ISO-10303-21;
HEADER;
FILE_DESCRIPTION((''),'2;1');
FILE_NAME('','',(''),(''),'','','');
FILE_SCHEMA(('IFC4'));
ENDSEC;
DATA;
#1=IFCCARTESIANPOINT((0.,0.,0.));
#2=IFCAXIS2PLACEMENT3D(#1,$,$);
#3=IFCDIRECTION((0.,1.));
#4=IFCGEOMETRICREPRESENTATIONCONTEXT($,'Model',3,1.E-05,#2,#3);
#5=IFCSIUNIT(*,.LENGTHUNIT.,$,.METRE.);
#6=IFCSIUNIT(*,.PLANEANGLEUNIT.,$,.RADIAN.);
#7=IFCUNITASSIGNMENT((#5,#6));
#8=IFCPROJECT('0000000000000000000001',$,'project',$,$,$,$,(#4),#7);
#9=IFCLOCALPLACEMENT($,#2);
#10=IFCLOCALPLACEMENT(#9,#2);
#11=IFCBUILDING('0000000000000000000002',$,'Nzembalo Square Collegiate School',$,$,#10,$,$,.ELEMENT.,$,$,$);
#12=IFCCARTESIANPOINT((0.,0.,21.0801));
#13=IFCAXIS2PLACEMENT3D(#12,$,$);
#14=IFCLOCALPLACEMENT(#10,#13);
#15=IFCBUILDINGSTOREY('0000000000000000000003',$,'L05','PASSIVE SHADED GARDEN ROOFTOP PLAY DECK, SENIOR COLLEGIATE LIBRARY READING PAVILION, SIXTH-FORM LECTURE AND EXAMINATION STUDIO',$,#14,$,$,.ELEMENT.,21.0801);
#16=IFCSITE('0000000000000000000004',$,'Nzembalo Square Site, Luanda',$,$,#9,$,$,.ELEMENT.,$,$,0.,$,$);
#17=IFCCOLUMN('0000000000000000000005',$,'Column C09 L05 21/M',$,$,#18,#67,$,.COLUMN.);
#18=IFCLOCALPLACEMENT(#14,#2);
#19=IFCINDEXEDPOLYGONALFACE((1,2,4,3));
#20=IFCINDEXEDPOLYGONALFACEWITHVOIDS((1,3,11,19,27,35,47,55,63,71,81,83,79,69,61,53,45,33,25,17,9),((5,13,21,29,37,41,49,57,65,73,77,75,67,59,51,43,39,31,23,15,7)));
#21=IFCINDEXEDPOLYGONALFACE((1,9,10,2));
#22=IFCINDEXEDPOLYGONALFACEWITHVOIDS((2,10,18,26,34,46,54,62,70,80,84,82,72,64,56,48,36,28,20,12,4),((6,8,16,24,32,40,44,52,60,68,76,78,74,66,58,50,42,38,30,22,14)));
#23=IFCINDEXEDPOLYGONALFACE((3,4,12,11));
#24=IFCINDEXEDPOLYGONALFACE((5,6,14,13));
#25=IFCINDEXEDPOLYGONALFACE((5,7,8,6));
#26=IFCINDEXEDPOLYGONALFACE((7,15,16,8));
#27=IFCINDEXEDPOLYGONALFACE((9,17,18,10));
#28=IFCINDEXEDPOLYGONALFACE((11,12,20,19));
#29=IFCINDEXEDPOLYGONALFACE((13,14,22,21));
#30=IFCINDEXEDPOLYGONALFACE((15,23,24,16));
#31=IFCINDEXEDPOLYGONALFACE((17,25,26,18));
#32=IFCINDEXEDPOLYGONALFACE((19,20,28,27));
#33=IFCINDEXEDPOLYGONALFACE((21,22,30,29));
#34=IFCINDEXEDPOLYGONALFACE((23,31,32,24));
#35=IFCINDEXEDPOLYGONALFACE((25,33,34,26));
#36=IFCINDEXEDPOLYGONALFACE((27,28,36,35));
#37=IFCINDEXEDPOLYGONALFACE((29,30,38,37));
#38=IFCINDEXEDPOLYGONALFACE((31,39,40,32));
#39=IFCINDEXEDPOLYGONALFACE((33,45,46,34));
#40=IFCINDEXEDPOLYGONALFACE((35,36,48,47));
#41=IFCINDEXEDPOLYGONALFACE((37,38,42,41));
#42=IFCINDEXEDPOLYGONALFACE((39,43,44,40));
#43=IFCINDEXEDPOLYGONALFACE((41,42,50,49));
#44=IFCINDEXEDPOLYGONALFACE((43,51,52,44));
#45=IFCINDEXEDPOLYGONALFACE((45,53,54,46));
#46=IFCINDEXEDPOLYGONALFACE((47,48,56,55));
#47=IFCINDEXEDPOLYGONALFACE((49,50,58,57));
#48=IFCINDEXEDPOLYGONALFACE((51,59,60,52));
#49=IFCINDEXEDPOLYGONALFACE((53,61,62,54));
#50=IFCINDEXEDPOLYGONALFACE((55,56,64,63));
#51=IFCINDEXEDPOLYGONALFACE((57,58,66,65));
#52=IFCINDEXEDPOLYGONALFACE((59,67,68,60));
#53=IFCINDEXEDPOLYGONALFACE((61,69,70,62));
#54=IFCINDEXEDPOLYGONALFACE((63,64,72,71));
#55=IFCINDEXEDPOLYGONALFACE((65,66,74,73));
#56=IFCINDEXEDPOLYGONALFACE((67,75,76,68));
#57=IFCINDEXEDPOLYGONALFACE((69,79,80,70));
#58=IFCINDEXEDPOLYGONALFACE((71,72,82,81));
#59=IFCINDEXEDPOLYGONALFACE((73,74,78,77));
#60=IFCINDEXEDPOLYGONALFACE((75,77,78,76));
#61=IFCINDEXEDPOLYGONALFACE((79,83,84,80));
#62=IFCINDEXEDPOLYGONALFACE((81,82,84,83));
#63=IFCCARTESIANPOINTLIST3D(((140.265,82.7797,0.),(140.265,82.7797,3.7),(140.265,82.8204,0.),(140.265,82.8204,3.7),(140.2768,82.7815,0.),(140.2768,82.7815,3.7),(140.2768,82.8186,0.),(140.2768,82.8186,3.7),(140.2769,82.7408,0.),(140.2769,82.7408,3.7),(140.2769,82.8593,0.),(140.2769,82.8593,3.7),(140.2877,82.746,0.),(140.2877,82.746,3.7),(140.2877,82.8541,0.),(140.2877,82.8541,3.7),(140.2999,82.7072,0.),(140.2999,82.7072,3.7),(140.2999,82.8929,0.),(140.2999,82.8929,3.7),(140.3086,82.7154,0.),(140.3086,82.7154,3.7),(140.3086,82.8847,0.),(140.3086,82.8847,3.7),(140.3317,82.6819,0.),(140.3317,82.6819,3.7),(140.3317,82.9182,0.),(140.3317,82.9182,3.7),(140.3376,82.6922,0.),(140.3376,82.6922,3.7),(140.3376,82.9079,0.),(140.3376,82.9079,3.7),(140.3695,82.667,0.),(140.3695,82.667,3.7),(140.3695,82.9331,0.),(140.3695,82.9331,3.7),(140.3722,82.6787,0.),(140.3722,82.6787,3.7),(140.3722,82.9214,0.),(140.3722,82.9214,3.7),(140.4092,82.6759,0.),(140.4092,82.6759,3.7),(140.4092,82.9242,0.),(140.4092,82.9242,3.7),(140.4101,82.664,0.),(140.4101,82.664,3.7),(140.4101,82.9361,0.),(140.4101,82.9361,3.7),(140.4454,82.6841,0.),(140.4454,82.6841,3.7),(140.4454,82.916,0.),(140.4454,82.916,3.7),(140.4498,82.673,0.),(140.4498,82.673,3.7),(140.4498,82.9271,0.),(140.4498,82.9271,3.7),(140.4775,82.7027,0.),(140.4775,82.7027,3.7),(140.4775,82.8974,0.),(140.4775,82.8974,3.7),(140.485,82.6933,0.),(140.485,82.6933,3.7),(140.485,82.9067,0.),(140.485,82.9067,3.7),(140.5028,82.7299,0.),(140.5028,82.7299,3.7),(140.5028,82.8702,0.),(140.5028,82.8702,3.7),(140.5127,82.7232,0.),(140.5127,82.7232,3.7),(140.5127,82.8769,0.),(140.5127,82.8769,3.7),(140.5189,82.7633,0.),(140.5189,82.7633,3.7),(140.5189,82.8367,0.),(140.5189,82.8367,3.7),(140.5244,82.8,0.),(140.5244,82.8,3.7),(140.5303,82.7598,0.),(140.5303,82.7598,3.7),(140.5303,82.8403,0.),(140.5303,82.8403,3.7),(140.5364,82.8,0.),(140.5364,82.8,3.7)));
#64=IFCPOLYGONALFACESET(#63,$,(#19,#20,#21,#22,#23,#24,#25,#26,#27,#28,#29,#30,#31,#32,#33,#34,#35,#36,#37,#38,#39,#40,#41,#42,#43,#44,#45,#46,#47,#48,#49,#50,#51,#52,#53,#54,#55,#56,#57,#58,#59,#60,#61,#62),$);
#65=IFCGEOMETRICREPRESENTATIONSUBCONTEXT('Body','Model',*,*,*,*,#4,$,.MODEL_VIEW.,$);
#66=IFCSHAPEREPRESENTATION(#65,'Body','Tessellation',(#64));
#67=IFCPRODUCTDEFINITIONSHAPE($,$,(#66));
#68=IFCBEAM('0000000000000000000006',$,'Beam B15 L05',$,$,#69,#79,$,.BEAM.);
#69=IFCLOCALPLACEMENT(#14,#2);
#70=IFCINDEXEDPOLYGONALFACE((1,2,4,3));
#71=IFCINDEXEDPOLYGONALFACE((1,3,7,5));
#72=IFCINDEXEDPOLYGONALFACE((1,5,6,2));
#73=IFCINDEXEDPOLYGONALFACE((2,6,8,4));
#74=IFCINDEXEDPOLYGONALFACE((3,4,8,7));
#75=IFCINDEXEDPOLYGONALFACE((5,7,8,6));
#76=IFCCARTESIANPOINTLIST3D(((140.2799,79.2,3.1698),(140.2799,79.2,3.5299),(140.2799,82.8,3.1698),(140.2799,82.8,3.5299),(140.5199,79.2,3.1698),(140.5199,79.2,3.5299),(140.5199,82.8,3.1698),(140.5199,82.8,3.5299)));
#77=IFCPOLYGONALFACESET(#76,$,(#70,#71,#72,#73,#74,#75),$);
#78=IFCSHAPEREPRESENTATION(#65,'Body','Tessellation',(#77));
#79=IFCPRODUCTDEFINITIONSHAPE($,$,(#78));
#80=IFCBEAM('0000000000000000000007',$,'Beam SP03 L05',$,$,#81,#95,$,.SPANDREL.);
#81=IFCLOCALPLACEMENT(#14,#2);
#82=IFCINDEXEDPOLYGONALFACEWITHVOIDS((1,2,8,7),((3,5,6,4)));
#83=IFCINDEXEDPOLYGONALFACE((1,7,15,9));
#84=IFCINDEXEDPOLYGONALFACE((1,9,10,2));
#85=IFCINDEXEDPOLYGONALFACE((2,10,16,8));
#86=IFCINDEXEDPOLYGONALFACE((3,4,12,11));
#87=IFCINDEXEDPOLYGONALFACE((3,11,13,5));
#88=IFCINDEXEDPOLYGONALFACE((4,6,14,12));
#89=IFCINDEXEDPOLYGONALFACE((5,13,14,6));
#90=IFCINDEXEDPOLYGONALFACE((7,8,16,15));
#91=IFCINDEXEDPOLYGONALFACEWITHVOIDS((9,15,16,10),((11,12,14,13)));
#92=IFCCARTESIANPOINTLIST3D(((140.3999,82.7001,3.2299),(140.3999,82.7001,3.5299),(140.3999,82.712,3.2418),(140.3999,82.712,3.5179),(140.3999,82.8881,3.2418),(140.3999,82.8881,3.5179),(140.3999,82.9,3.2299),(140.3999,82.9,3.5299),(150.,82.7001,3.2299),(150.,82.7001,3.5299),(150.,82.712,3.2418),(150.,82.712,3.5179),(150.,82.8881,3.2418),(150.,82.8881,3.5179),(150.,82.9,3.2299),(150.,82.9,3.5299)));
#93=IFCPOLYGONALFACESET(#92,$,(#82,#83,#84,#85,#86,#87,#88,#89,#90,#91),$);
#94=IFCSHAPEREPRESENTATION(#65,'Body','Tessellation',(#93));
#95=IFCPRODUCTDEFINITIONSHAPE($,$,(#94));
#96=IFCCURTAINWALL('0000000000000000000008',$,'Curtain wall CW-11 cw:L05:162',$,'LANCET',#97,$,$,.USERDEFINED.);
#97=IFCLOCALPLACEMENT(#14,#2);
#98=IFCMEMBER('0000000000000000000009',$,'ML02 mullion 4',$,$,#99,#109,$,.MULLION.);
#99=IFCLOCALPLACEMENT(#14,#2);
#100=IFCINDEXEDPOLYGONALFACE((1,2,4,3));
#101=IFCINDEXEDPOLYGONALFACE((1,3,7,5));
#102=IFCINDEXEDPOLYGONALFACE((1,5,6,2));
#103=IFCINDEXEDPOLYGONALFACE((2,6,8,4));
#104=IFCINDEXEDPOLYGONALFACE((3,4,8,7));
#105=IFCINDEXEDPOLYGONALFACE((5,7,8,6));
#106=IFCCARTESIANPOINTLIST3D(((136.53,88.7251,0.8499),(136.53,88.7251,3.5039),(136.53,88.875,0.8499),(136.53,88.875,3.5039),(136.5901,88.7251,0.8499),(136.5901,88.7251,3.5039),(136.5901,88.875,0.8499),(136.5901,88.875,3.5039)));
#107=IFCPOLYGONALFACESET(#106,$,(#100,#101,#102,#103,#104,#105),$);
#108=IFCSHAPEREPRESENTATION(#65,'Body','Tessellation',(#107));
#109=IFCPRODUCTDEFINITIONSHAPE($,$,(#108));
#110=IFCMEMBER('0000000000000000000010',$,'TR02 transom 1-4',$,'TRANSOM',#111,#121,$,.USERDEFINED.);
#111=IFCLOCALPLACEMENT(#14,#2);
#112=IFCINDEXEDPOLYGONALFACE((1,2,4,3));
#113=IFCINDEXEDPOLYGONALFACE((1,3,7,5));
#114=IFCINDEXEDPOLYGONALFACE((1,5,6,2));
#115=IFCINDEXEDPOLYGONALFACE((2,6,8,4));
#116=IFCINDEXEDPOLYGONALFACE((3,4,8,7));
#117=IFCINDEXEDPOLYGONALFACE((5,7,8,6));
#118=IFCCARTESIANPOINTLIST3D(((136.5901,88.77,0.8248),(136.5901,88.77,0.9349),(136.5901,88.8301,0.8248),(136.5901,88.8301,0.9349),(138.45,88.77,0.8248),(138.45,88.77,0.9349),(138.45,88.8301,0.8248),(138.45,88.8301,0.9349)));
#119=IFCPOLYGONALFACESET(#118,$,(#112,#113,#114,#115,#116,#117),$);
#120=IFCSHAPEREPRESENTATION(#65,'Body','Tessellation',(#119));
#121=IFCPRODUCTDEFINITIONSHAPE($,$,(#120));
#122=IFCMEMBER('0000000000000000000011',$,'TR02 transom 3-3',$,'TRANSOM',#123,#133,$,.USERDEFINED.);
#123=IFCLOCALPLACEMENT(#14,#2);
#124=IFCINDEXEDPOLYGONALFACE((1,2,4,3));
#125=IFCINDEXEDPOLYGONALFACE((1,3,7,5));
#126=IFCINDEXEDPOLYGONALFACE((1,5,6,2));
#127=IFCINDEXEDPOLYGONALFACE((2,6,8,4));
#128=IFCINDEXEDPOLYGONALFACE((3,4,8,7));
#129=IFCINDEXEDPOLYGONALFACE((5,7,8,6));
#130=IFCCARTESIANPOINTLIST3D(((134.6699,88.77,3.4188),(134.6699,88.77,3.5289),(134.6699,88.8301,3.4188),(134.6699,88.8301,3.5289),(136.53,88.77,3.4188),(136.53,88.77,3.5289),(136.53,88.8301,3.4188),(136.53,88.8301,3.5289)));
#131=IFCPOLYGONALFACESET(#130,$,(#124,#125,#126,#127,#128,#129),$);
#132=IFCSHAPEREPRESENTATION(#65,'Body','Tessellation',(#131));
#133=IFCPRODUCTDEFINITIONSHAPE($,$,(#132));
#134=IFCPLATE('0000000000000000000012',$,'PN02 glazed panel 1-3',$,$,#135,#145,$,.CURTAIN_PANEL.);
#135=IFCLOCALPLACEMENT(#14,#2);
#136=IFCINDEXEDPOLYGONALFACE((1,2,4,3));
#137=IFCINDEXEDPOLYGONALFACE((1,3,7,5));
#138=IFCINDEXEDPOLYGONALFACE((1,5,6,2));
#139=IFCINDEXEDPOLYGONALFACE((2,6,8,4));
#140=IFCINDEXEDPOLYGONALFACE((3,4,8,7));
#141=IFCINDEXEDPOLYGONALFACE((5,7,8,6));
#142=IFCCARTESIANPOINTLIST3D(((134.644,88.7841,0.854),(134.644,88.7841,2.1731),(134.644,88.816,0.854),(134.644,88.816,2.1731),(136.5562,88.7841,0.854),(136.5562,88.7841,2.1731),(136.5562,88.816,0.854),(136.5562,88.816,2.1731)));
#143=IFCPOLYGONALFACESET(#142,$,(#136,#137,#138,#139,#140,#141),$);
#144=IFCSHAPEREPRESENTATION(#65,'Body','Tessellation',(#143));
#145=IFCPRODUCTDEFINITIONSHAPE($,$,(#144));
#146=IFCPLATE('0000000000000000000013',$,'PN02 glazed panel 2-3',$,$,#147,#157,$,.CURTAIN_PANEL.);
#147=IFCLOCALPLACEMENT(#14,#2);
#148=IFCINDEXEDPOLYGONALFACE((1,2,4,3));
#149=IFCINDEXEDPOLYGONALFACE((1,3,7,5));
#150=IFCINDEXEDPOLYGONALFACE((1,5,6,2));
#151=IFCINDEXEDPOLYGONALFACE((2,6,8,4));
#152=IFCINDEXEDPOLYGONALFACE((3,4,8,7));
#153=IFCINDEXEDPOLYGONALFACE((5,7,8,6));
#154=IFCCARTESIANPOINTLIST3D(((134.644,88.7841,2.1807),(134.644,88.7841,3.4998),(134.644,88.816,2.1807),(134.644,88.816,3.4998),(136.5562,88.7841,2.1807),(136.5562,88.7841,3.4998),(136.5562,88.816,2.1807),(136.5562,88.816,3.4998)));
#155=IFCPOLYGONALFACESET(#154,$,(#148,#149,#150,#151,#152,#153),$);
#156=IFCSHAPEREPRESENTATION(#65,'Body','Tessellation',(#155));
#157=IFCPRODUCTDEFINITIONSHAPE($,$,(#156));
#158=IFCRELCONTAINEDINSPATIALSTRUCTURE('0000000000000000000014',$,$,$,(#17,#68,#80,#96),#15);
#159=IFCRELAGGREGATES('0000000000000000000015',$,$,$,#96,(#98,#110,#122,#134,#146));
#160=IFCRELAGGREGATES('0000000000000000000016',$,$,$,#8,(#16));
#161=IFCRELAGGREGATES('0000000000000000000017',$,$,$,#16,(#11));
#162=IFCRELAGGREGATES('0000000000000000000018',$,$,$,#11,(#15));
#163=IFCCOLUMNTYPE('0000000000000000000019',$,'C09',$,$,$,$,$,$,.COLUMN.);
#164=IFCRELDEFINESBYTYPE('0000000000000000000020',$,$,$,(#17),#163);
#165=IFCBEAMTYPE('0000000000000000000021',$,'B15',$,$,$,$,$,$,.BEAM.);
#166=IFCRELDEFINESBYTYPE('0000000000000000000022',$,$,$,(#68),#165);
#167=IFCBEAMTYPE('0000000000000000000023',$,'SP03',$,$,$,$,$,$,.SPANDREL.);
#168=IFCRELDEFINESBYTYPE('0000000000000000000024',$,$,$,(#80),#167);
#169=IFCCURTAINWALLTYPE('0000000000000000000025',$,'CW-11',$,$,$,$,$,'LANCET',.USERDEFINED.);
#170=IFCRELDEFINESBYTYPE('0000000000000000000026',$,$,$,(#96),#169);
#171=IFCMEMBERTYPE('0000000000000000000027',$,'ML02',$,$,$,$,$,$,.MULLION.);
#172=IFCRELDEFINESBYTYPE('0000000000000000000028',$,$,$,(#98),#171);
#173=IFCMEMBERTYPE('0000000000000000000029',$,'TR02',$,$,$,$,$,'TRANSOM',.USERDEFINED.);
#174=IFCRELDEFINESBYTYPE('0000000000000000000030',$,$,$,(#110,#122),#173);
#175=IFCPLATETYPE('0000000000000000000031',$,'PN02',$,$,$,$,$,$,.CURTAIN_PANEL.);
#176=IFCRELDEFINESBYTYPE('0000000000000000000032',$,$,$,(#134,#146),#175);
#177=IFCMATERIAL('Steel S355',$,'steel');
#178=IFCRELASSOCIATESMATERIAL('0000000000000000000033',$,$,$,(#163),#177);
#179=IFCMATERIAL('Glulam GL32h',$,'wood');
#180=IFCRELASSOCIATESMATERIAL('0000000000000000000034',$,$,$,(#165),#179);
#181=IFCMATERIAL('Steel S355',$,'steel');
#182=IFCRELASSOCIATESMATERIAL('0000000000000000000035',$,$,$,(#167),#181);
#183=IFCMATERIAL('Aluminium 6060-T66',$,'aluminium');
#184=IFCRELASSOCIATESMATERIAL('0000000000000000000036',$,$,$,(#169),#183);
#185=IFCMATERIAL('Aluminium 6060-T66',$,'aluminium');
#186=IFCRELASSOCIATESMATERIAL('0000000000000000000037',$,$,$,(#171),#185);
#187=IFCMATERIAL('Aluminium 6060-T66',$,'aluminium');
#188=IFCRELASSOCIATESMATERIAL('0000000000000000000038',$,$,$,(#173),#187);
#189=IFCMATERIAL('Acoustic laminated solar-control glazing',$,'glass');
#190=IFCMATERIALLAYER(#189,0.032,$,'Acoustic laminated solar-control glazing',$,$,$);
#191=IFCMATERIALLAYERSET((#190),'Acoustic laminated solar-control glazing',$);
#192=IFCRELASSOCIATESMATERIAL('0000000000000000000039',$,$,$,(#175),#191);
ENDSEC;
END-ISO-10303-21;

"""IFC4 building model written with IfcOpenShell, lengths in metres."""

from ifc_helpers import new_model, si_unit, direction, frame, origin, origin_2d, place, context, subcontext, project, spatial, rectangle, hollow_rectangle, hollow_circle, extrude, material, layer, layer_set, material_profile, profile_set, type_object, element, aggregate, save


model = new_model("IFC4")

# Units and contexts
model_context = context("Model", 3, precision=1e-05, world=origin(), true_north=direction((0.0, 1.0)))
body_context = subcontext(model_context, "Body", "Model", "MODEL_VIEW")
ifc_project = project(units=[si_unit("LENGTHUNIT", "METRE"), si_unit("PLANEANGLEUNIT", "RADIAN")], contexts=[model_context])

# Site, building, storey
site_placement = place(None, origin())
site = spatial("IfcSite", under=ifc_project, at=site_placement, Name="Nzembalo Square Site, Luanda", CompositionType="ELEMENT", RefElevation=0.0)
building_placement = place(site_placement, origin())
building = spatial("IfcBuilding", under=site, at=building_placement, Name="Nzembalo Square Collegiate School", CompositionType="ELEMENT")
storey_placement = place(building_placement, frame((0.0, 0.0, 21.0801)))
storey = spatial("IfcBuildingStorey", under=building, at=storey_placement, Name="L05", Description="PASSIVE SHADED GARDEN ROOFTOP PLAY DECK, SENIOR COLLEGIATE LIBRARY READING PAVILION, SIXTH-FORM LECTURE AND EXAMINATION STUDIO", CompositionType="ELEMENT", Elevation=21.0801)

# Column
ifc_material_1 = material(Name="Steel S355", Category="steel")
ifc_material_profile_1 = material_profile(ifc_material_1, hollow_circle(Radius=0.1365, WallThickness=0.012, at=origin_2d()), Name="CHS 273x12")
ifc_profile_set_1 = profile_set([ifc_material_profile_1], Name="Steel S355")
column_type = type_object("IfcColumnType", Name="C09", PredefinedType="COLUMN", material=ifc_profile_set_1)
column_placement = place(storey_placement, frame((140.3999, 82.8, 0.0), z_axis=(0.0, 0.0, 1.0), x_axis=(1.0, 0.0, 0.0)))
element("IfcColumn", 1, at=column_placement, inside=storey, type_object=column_type, Name="Column C09 L05 21/M", PredefinedType="COLUMN", context=body_context, shape_type="SweptSolid", body=[
    extrude(hollow_circle(Radius=0.1365, WallThickness=0.012, at=origin_2d()), origin(), (0.0, 0.0, 1.0), 3.7),
])

# Beams
ifc_material_2 = material(Name="Glulam GL32h", Category="wood")
ifc_material_profile_2 = material_profile(ifc_material_2, rectangle(XDim=0.24, YDim=0.3601, at=origin_2d()), Name="GL32h 240x360")
ifc_profile_set_2 = profile_set([ifc_material_profile_2], Name="Glulam GL32h")
beam_type_1 = type_object("IfcBeamType", Name="B15", PredefinedType="BEAM", material=ifc_profile_set_2)
beam_1_placement = place(storey_placement, frame((140.3999, 79.2, 3.3499), z_axis=(0.0, 1.0, 0.0), x_axis=(-1.0, 0.0, 0.0)))
element("IfcBeam", 2, at=beam_1_placement, inside=storey, type_object=beam_type_1, Name="Beam B15 L05", PredefinedType="BEAM", context=body_context, shape_type="SweptSolid", body=[
    extrude(rectangle(XDim=0.24, YDim=0.3601, at=origin_2d()), origin(), (0.0, 0.0, 1.0), 3.6001),
])
ifc_material_3 = material(Name="Steel S355", Category="steel")
ifc_material_profile_3 = material_profile(ifc_material_3, hollow_rectangle(XDim=0.2, YDim=0.3, WallThickness=0.012, at=origin_2d()), Name="RHS 300x200x12")
ifc_profile_set_3 = profile_set([ifc_material_profile_3], Name="Steel S355")
beam_type_2 = type_object("IfcBeamType", Name="SP03", PredefinedType="SPANDREL", material=ifc_profile_set_3)
beam_2_placement = place(storey_placement, frame((140.3999, 82.8, 3.3799), z_axis=(1.0, 0.0, 0.0), x_axis=(0.0, 1.0, 0.0)))
element("IfcBeam", 3, at=beam_2_placement, inside=storey, type_object=beam_type_2, Name="Beam SP03 L05", PredefinedType="SPANDREL", context=body_context, shape_type="SweptSolid", body=[
    extrude(hollow_rectangle(XDim=0.2, YDim=0.3, WallThickness=0.012, at=origin_2d()), origin(), (0.0, 0.0, 1.0), 9.6001),
])

# Curtain wall, members, plates
ifc_material_4 = material(Name="Aluminium 6060-T66", Category="aluminium")
curtain_wall_type = type_object("IfcCurtainWallType", Name="CW-11", ElementType="LANCET", PredefinedType="USERDEFINED", material=ifc_material_4)
curtain_wall_placement = place(storey_placement, origin())
curtain_wall = element("IfcCurtainWall", 4, at=curtain_wall_placement, inside=storey, type_object=curtain_wall_type, Name="Curtain wall CW-11 cw:L05:162", ObjectType="LANCET", PredefinedType="USERDEFINED")
ifc_material_5 = material(Name="Aluminium 6060-T66", Category="aluminium")
ifc_material_profile_4 = material_profile(ifc_material_5, rectangle(XDim=0.0601, YDim=0.1499, at=origin_2d()), Name="ALU M60x150")
ifc_profile_set_4 = profile_set([ifc_material_profile_4], Name="Aluminium 6060-T66")
member_type_1 = type_object("IfcMemberType", Name="ML02", PredefinedType="MULLION", material=ifc_profile_set_4)
member_1_placement = place(storey_placement, frame((136.5601, 88.8, 0.8499), z_axis=(0.0, 0.0, 1.0), x_axis=(1.0, 0.0, 0.0)))
member_1 = element("IfcMember", 5, at=member_1_placement, type_object=member_type_1, Name="ML02 mullion 4", PredefinedType="MULLION", context=body_context, shape_type="SweptSolid", body=[
    extrude(rectangle(XDim=0.0601, YDim=0.1499, at=origin_2d()), origin(), (0.0, 0.0, 1.0), 2.6541),
])
ifc_material_6 = material(Name="Aluminium 6060-T66", Category="aluminium")
ifc_material_profile_5 = material_profile(ifc_material_6, rectangle(XDim=0.0601, YDim=0.1101, at=origin_2d()), Name="ALU T60x110")
ifc_profile_set_5 = profile_set([ifc_material_profile_5], Name="Aluminium 6060-T66")
member_type_2 = type_object("IfcMemberType", Name="TR02", ElementType="TRANSOM", PredefinedType="USERDEFINED", material=ifc_profile_set_5)
member_2_placement = place(storey_placement, frame((136.5901, 88.8, 0.8799), z_axis=(1.0, 0.0, 0.0), x_axis=(0.0, 1.0, 0.0)))
member_2 = element("IfcMember", 6, at=member_2_placement, type_object=member_type_2, Name="TR02 transom 1-4", ObjectType="TRANSOM", PredefinedType="USERDEFINED", context=body_context, shape_type="SweptSolid", body=[
    extrude(rectangle(XDim=0.0601, YDim=0.1101, at=origin_2d()), origin(), (0.0, 0.0, 1.0), 1.8599),
])
member_3_placement = place(storey_placement, frame((134.6699, 88.8, 3.4739), z_axis=(1.0, 0.0, 0.0), x_axis=(0.0, 1.0, 0.0)))
member_3 = element("IfcMember", 7, at=member_3_placement, type_object=member_type_2, Name="TR02 transom 3-3", ObjectType="TRANSOM", PredefinedType="USERDEFINED", context=body_context, shape_type="SweptSolid", body=[
    extrude(rectangle(XDim=0.0601, YDim=0.1101, at=origin_2d()), origin(), (0.0, 0.0, 1.0), 1.8601),
])
ifc_material_7 = material(Name="Acoustic laminated solar-control glazing", Category="glass")
ifc_layer_1 = layer(ifc_material_7, 0.032, Name="Acoustic laminated solar-control glazing")
ifc_layer_set_1 = layer_set([ifc_layer_1], Name="Acoustic laminated solar-control glazing")
plate_type = type_object("IfcPlateType", Name="PN02", PredefinedType="CURTAIN_PANEL", material=ifc_layer_set_1)
plate_1_placement = place(storey_placement, frame((135.6001, 88.8, 0.854), z_axis=(0.0, 0.0, 1.0), x_axis=(1.0, 0.0, 0.0)))
plate_1 = element("IfcPlate", 8, at=plate_1_placement, type_object=plate_type, Name="PN02 glazed panel 1-3", PredefinedType="CURTAIN_PANEL", context=body_context, shape_type="SweptSolid", body=[
    extrude(rectangle(XDim=1.9121, YDim=0.032, at=origin_2d()), origin(), (0.0, 0.0, 1.0), 1.3191),
])
plate_2_placement = place(storey_placement, frame((135.6001, 88.8, 2.1807), z_axis=(0.0, 0.0, 1.0), x_axis=(1.0, 0.0, 0.0)))
plate_2 = element("IfcPlate", 9, at=plate_2_placement, type_object=plate_type, Name="PN02 glazed panel 2-3", PredefinedType="CURTAIN_PANEL", context=body_context, shape_type="SweptSolid", body=[
    extrude(rectangle(XDim=1.9121, YDim=0.032, at=origin_2d()), origin(), (0.0, 0.0, 1.0), 1.3191),
])
aggregate(curtain_wall, [member_1, member_2, member_3, plate_1, plate_2])

save(model, "model.ifc")
